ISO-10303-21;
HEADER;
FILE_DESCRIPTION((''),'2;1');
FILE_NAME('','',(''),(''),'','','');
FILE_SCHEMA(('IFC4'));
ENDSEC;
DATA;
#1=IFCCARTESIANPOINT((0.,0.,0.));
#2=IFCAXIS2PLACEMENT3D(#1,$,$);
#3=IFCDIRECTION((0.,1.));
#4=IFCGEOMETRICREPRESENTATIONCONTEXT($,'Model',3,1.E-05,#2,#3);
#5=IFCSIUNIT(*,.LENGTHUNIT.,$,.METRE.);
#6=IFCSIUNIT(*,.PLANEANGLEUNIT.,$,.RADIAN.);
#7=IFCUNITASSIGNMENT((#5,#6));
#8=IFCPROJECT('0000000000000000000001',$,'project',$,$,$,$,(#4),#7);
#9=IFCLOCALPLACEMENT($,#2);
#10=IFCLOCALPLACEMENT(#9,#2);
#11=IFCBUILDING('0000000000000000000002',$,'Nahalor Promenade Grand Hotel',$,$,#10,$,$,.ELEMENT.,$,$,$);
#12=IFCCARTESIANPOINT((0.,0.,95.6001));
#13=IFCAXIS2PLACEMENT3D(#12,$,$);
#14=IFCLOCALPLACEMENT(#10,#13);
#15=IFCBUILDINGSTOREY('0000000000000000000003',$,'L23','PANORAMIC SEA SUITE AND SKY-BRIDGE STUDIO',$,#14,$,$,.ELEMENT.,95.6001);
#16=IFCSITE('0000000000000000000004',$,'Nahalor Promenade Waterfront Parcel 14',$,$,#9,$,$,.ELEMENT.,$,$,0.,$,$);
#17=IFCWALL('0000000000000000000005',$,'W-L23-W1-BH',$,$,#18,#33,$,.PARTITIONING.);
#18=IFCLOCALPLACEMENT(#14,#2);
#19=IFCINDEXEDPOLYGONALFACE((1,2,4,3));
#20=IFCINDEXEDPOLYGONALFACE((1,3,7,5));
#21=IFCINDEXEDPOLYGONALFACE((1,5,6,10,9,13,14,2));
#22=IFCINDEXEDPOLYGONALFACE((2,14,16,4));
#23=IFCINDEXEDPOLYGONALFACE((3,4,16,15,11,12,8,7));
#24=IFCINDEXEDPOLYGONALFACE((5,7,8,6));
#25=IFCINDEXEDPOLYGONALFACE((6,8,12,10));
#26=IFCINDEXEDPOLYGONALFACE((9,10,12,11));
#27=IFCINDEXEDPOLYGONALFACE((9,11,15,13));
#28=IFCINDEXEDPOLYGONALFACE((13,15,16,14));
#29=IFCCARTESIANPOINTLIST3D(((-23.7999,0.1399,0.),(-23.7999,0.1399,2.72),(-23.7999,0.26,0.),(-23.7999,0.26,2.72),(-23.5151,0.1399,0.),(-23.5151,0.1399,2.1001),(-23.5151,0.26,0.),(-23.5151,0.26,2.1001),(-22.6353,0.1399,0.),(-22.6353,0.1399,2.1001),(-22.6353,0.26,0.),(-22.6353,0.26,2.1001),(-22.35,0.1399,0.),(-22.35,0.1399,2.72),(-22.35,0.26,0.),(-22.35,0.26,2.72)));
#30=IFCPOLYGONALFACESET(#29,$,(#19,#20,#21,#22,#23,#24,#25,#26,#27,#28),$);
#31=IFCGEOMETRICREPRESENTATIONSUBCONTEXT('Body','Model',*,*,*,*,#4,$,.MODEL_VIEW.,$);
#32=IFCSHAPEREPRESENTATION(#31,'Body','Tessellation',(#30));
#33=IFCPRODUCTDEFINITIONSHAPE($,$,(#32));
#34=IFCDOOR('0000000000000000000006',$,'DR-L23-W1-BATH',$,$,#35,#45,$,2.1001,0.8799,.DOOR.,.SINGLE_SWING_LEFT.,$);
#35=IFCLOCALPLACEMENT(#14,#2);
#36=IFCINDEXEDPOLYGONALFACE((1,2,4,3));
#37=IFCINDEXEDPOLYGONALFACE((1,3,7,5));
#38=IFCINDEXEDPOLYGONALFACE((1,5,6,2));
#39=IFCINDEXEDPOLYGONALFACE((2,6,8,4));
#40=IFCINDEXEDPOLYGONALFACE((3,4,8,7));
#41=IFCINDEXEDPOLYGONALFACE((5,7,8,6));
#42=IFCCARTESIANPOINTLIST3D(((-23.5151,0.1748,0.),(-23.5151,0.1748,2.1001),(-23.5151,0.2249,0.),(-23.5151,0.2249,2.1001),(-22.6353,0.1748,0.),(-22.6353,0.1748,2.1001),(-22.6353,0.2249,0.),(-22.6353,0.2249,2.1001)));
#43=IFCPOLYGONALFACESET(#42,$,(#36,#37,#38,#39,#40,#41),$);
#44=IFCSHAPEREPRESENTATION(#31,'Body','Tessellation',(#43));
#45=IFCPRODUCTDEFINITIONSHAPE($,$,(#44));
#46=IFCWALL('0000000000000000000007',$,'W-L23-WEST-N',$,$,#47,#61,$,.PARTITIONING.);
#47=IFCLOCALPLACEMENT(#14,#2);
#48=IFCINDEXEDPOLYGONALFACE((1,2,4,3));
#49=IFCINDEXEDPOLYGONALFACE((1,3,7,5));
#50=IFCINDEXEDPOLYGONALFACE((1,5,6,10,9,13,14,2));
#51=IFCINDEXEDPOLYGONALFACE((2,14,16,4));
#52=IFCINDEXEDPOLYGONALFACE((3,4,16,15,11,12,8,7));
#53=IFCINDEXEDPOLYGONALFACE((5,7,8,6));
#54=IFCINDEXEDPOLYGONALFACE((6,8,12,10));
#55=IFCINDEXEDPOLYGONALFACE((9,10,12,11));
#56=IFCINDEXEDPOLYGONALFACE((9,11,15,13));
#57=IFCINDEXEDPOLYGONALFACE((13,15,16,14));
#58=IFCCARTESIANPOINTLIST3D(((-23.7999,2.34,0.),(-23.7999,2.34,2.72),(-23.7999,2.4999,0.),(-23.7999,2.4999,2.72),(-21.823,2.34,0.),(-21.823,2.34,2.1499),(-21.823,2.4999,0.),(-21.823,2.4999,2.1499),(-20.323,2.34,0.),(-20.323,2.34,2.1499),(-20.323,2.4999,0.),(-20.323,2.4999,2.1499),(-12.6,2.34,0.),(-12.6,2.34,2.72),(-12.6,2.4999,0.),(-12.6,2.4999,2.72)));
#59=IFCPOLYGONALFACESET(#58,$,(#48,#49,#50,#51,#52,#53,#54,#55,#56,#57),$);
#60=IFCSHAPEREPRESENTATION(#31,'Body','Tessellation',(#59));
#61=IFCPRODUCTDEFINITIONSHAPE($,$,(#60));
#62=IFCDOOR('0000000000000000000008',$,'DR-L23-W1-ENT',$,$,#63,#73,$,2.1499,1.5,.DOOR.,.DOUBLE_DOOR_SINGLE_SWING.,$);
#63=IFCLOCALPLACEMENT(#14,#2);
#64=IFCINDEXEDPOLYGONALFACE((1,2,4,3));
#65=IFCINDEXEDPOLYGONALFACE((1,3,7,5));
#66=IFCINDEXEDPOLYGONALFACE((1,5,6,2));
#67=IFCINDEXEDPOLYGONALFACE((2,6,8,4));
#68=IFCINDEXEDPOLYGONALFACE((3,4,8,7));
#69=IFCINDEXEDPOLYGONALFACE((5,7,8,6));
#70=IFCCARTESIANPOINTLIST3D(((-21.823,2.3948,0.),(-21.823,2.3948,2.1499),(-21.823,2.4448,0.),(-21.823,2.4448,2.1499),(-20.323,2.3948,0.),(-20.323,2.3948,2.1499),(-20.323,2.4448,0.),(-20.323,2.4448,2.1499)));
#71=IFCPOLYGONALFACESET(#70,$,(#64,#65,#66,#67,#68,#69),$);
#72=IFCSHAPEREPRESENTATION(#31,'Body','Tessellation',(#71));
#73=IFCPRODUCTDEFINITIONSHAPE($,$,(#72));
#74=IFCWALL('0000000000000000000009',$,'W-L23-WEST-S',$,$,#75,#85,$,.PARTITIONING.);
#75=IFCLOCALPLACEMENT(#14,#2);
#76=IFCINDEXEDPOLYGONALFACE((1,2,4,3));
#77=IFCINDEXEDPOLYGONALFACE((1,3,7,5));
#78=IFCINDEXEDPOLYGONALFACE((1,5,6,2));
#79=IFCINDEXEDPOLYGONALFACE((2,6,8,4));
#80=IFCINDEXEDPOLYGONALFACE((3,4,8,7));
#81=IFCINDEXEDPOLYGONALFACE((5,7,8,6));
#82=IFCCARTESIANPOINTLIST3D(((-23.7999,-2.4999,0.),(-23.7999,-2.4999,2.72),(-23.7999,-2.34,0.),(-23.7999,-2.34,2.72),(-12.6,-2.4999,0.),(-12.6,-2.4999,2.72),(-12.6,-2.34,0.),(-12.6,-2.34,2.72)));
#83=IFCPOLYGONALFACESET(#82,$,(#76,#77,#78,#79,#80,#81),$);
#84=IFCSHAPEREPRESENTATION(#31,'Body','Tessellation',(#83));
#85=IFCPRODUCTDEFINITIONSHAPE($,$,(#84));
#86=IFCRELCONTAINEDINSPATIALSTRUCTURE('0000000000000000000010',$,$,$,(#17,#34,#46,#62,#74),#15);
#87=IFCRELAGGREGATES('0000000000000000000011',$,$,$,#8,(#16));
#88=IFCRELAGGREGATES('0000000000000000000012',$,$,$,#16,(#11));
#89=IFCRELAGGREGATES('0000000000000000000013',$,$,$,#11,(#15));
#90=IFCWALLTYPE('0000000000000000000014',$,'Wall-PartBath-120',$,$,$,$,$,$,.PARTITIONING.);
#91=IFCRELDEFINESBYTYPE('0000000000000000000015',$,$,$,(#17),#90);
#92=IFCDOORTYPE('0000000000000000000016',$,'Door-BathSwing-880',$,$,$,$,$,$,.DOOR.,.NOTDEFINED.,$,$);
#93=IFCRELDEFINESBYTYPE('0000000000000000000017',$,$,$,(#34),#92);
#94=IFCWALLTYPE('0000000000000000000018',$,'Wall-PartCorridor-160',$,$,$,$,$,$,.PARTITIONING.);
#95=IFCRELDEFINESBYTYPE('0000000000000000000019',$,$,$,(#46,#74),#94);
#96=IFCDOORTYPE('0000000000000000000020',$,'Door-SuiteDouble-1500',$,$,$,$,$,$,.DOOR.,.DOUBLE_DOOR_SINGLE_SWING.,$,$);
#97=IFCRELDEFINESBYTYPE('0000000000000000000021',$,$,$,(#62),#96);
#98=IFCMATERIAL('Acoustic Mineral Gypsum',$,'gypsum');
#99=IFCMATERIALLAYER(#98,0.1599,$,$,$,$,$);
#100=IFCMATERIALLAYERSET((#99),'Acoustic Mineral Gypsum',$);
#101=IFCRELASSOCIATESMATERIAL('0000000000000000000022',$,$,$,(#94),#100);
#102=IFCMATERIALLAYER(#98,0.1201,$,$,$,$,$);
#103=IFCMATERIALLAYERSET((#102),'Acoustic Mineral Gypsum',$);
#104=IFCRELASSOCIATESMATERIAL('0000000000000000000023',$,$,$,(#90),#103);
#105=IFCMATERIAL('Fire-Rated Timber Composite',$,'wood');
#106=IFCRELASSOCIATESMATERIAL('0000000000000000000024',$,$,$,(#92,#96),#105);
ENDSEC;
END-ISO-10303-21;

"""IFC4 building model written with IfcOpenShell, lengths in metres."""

from ifc_helpers import new_model, si_unit, direction, frame, frame_2d, origin, place, context, subcontext, project, spatial, rectangle, extrude, source, transform, mapped, material, layer, layer_set, type_object, element, fill, save


model = new_model("IFC4")

# Units and contexts
model_context = context("Model", 3, precision=1e-05, world=origin(), true_north=direction((0.0, 1.0)))
body_context = subcontext(model_context, "Body", "Model", "MODEL_VIEW")
ifc_project = project(units=[si_unit("LENGTHUNIT", "METRE"), si_unit("PLANEANGLEUNIT", "RADIAN")], contexts=[model_context])

# Site, building, storey
site_placement = place(None, origin())
site = spatial("IfcSite", under=ifc_project, at=site_placement, Name="Nahalor Promenade Waterfront Parcel 14", CompositionType="ELEMENT", RefElevation=0.0)
building_placement = place(site_placement, origin())
building = spatial("IfcBuilding", under=site, at=building_placement, Name="Nahalor Promenade Grand Hotel", CompositionType="ELEMENT")
storey_placement = place(building_placement, frame((0.0, 0.0, 95.6001)))
storey = spatial("IfcBuildingStorey", under=building, at=storey_placement, Name="L23", Description="PANORAMIC SEA SUITE AND SKY-BRIDGE STUDIO", CompositionType="ELEMENT", Elevation=95.6001)

# Shared definitions
ifc_material_1 = material(Name="Acoustic Mineral Gypsum", Category="gypsum")
ifc_layer_1 = layer(ifc_material_1, 0.1599)
ifc_layer_set_1 = layer_set([ifc_layer_1], Name="Acoustic Mineral Gypsum")
wall_type_1 = type_object("IfcWallType", Name="Wall-PartCorridor-160", PredefinedType="PARTITIONING", material=ifc_layer_set_1)
ifc_material_2 = material(Name="Fire-Rated Timber Composite", Category="wood")

# Shared definitions
ifc_layer_2 = layer(ifc_material_1, 0.1201)
ifc_layer_set_2 = layer_set([ifc_layer_2], Name="Acoustic Mineral Gypsum")
wall_type_2 = type_object("IfcWallType", Name="Wall-PartBath-120", PredefinedType="PARTITIONING", material=ifc_layer_set_2)

# Walls, openings, doors
shared_shape_1 = source(origin(), body_context, "Body", "SweptSolid", [
    extrude(rectangle(XDim=1.45, YDim=0.1201, at=frame_2d((0.7251, 0.0))), origin(), (0.0, 0.0, 1.0), 2.72),
])
wall_1_placement = place(storey_placement, frame((-23.8, 0.2, 0.0), z_axis=(0.0, 0.0, 1.0), x_axis=(1.0, 0.0, 0.0)))
wall_1 = element("IfcWall", 1, at=wall_1_placement, inside=storey, type_object=wall_type_2, Name="W-L23-W1-BH", PredefinedType="PARTITIONING", context=body_context, shape_type="MappedRepresentation", body=[
    mapped(shared_shape_1, transform((0.0, 0.0, 0.0), scale=1.0)),
])
opening_1_placement = place(wall_1_placement, frame((0.2849, 0.0, 0.0)))
opening_1 = element("IfcOpeningElement", 2, at=opening_1_placement, cuts=wall_1, PredefinedType="OPENING", context=body_context, shape_type="SweptSolid", body=[
    extrude(rectangle(XDim=0.8799, YDim=2.1001, at=frame_2d((0.4399, 1.05))), frame((0.0, 0.0701, 0.0), z_axis=(0.0, -1.0, 0.0), x_axis=(1.0, 0.0, 0.0)), (0.0, 0.0, 1.0), 0.1401),
])
door_type_1 = type_object("IfcDoorType", Name="Door-BathSwing-880", OperationType="NOTDEFINED", PredefinedType="DOOR", material=ifc_material_2)
shared_shape_2 = source(origin(), body_context, "Body", "SweptSolid", [
    extrude(rectangle(XDim=0.8799, YDim=2.1001, at=frame_2d((0.4399, 1.05))), frame((0.0, 0.0249, 0.0), z_axis=(0.0, -1.0, 0.0), x_axis=(1.0, 0.0, 0.0)), (0.0, 0.0, 1.0), 0.05),
])
door_1_placement = place(opening_1_placement, origin())
door_1 = element("IfcDoor", 3, at=door_1_placement, inside=storey, type_object=door_type_1, Name="DR-L23-W1-BATH", OperationType="SINGLE_SWING_LEFT", OverallHeight=2.1001, OverallWidth=0.8799, PredefinedType="DOOR", context=body_context, shape_type="MappedRepresentation", body=[
    mapped(shared_shape_2, transform((0.0, 0.0, 0.0), scale=1.0)),
])
fill(opening_1, door_1)
shared_shape_3 = source(origin(), body_context, "Body", "SweptSolid", [
    extrude(rectangle(XDim=11.2, YDim=0.1599, at=frame_2d((5.6001, 0.0))), origin(), (0.0, 0.0, 1.0), 2.72),
])
wall_2_placement = place(storey_placement, frame((-23.8, 2.4199, 0.0), z_axis=(0.0, 0.0, 1.0), x_axis=(1.0, 0.0, 0.0)))
wall_2 = element("IfcWall", 4, at=wall_2_placement, inside=storey, type_object=wall_type_1, Name="W-L23-WEST-N", PredefinedType="PARTITIONING", context=body_context, shape_type="MappedRepresentation", body=[
    mapped(shared_shape_3, transform((0.0, 0.0, 0.0), scale=1.0)),
])
opening_2_placement = place(wall_2_placement, frame((1.9771, 0.0, 0.0)))
opening_2 = element("IfcOpeningElement", 5, at=opening_2_placement, cuts=wall_2, PredefinedType="OPENING", context=body_context, shape_type="SweptSolid", body=[
    extrude(rectangle(XDim=1.5, YDim=2.1499, at=frame_2d((0.75, 1.075))), frame((0.0, 0.0898, 0.0), z_axis=(0.0, -1.0, 0.0), x_axis=(1.0, 0.0, 0.0)), (0.0, 0.0, 1.0), 0.1799),
])
door_type_2 = type_object("IfcDoorType", Name="Door-SuiteDouble-1500", OperationType="DOUBLE_DOOR_SINGLE_SWING", PredefinedType="DOOR", material=ifc_material_2)
shared_shape_4 = source(origin(), body_context, "Body", "SweptSolid", [
    extrude(rectangle(XDim=1.5, YDim=2.1499, at=frame_2d((0.75, 1.075))), frame((0.0, 0.0249, 0.0), z_axis=(0.0, -1.0, 0.0), x_axis=(1.0, 0.0, 0.0)), (0.0, 0.0, 1.0), 0.05),
])
door_2_placement = place(opening_2_placement, origin())
door_2 = element("IfcDoor", 6, at=door_2_placement, inside=storey, type_object=door_type_2, Name="DR-L23-W1-ENT", OperationType="DOUBLE_DOOR_SINGLE_SWING", OverallHeight=2.1499, OverallWidth=1.5, PredefinedType="DOOR", context=body_context, shape_type="MappedRepresentation", body=[
    mapped(shared_shape_4, transform((0.0, 0.0, 0.0), scale=1.0)),
])
fill(opening_2, door_2)

# Wall
wall_3_placement = place(storey_placement, frame((-23.8, -2.4199, 0.0), z_axis=(0.0, 0.0, 1.0), x_axis=(1.0, 0.0, 0.0)))
element("IfcWall", 7, at=wall_3_placement, inside=storey, type_object=wall_type_1, Name="W-L23-WEST-S", PredefinedType="PARTITIONING", context=body_context, shape_type="MappedRepresentation", body=[
    mapped(shared_shape_3, transform((0.0, 0.0, 0.0), scale=1.0)),
])

save(model, "model.ifc")
